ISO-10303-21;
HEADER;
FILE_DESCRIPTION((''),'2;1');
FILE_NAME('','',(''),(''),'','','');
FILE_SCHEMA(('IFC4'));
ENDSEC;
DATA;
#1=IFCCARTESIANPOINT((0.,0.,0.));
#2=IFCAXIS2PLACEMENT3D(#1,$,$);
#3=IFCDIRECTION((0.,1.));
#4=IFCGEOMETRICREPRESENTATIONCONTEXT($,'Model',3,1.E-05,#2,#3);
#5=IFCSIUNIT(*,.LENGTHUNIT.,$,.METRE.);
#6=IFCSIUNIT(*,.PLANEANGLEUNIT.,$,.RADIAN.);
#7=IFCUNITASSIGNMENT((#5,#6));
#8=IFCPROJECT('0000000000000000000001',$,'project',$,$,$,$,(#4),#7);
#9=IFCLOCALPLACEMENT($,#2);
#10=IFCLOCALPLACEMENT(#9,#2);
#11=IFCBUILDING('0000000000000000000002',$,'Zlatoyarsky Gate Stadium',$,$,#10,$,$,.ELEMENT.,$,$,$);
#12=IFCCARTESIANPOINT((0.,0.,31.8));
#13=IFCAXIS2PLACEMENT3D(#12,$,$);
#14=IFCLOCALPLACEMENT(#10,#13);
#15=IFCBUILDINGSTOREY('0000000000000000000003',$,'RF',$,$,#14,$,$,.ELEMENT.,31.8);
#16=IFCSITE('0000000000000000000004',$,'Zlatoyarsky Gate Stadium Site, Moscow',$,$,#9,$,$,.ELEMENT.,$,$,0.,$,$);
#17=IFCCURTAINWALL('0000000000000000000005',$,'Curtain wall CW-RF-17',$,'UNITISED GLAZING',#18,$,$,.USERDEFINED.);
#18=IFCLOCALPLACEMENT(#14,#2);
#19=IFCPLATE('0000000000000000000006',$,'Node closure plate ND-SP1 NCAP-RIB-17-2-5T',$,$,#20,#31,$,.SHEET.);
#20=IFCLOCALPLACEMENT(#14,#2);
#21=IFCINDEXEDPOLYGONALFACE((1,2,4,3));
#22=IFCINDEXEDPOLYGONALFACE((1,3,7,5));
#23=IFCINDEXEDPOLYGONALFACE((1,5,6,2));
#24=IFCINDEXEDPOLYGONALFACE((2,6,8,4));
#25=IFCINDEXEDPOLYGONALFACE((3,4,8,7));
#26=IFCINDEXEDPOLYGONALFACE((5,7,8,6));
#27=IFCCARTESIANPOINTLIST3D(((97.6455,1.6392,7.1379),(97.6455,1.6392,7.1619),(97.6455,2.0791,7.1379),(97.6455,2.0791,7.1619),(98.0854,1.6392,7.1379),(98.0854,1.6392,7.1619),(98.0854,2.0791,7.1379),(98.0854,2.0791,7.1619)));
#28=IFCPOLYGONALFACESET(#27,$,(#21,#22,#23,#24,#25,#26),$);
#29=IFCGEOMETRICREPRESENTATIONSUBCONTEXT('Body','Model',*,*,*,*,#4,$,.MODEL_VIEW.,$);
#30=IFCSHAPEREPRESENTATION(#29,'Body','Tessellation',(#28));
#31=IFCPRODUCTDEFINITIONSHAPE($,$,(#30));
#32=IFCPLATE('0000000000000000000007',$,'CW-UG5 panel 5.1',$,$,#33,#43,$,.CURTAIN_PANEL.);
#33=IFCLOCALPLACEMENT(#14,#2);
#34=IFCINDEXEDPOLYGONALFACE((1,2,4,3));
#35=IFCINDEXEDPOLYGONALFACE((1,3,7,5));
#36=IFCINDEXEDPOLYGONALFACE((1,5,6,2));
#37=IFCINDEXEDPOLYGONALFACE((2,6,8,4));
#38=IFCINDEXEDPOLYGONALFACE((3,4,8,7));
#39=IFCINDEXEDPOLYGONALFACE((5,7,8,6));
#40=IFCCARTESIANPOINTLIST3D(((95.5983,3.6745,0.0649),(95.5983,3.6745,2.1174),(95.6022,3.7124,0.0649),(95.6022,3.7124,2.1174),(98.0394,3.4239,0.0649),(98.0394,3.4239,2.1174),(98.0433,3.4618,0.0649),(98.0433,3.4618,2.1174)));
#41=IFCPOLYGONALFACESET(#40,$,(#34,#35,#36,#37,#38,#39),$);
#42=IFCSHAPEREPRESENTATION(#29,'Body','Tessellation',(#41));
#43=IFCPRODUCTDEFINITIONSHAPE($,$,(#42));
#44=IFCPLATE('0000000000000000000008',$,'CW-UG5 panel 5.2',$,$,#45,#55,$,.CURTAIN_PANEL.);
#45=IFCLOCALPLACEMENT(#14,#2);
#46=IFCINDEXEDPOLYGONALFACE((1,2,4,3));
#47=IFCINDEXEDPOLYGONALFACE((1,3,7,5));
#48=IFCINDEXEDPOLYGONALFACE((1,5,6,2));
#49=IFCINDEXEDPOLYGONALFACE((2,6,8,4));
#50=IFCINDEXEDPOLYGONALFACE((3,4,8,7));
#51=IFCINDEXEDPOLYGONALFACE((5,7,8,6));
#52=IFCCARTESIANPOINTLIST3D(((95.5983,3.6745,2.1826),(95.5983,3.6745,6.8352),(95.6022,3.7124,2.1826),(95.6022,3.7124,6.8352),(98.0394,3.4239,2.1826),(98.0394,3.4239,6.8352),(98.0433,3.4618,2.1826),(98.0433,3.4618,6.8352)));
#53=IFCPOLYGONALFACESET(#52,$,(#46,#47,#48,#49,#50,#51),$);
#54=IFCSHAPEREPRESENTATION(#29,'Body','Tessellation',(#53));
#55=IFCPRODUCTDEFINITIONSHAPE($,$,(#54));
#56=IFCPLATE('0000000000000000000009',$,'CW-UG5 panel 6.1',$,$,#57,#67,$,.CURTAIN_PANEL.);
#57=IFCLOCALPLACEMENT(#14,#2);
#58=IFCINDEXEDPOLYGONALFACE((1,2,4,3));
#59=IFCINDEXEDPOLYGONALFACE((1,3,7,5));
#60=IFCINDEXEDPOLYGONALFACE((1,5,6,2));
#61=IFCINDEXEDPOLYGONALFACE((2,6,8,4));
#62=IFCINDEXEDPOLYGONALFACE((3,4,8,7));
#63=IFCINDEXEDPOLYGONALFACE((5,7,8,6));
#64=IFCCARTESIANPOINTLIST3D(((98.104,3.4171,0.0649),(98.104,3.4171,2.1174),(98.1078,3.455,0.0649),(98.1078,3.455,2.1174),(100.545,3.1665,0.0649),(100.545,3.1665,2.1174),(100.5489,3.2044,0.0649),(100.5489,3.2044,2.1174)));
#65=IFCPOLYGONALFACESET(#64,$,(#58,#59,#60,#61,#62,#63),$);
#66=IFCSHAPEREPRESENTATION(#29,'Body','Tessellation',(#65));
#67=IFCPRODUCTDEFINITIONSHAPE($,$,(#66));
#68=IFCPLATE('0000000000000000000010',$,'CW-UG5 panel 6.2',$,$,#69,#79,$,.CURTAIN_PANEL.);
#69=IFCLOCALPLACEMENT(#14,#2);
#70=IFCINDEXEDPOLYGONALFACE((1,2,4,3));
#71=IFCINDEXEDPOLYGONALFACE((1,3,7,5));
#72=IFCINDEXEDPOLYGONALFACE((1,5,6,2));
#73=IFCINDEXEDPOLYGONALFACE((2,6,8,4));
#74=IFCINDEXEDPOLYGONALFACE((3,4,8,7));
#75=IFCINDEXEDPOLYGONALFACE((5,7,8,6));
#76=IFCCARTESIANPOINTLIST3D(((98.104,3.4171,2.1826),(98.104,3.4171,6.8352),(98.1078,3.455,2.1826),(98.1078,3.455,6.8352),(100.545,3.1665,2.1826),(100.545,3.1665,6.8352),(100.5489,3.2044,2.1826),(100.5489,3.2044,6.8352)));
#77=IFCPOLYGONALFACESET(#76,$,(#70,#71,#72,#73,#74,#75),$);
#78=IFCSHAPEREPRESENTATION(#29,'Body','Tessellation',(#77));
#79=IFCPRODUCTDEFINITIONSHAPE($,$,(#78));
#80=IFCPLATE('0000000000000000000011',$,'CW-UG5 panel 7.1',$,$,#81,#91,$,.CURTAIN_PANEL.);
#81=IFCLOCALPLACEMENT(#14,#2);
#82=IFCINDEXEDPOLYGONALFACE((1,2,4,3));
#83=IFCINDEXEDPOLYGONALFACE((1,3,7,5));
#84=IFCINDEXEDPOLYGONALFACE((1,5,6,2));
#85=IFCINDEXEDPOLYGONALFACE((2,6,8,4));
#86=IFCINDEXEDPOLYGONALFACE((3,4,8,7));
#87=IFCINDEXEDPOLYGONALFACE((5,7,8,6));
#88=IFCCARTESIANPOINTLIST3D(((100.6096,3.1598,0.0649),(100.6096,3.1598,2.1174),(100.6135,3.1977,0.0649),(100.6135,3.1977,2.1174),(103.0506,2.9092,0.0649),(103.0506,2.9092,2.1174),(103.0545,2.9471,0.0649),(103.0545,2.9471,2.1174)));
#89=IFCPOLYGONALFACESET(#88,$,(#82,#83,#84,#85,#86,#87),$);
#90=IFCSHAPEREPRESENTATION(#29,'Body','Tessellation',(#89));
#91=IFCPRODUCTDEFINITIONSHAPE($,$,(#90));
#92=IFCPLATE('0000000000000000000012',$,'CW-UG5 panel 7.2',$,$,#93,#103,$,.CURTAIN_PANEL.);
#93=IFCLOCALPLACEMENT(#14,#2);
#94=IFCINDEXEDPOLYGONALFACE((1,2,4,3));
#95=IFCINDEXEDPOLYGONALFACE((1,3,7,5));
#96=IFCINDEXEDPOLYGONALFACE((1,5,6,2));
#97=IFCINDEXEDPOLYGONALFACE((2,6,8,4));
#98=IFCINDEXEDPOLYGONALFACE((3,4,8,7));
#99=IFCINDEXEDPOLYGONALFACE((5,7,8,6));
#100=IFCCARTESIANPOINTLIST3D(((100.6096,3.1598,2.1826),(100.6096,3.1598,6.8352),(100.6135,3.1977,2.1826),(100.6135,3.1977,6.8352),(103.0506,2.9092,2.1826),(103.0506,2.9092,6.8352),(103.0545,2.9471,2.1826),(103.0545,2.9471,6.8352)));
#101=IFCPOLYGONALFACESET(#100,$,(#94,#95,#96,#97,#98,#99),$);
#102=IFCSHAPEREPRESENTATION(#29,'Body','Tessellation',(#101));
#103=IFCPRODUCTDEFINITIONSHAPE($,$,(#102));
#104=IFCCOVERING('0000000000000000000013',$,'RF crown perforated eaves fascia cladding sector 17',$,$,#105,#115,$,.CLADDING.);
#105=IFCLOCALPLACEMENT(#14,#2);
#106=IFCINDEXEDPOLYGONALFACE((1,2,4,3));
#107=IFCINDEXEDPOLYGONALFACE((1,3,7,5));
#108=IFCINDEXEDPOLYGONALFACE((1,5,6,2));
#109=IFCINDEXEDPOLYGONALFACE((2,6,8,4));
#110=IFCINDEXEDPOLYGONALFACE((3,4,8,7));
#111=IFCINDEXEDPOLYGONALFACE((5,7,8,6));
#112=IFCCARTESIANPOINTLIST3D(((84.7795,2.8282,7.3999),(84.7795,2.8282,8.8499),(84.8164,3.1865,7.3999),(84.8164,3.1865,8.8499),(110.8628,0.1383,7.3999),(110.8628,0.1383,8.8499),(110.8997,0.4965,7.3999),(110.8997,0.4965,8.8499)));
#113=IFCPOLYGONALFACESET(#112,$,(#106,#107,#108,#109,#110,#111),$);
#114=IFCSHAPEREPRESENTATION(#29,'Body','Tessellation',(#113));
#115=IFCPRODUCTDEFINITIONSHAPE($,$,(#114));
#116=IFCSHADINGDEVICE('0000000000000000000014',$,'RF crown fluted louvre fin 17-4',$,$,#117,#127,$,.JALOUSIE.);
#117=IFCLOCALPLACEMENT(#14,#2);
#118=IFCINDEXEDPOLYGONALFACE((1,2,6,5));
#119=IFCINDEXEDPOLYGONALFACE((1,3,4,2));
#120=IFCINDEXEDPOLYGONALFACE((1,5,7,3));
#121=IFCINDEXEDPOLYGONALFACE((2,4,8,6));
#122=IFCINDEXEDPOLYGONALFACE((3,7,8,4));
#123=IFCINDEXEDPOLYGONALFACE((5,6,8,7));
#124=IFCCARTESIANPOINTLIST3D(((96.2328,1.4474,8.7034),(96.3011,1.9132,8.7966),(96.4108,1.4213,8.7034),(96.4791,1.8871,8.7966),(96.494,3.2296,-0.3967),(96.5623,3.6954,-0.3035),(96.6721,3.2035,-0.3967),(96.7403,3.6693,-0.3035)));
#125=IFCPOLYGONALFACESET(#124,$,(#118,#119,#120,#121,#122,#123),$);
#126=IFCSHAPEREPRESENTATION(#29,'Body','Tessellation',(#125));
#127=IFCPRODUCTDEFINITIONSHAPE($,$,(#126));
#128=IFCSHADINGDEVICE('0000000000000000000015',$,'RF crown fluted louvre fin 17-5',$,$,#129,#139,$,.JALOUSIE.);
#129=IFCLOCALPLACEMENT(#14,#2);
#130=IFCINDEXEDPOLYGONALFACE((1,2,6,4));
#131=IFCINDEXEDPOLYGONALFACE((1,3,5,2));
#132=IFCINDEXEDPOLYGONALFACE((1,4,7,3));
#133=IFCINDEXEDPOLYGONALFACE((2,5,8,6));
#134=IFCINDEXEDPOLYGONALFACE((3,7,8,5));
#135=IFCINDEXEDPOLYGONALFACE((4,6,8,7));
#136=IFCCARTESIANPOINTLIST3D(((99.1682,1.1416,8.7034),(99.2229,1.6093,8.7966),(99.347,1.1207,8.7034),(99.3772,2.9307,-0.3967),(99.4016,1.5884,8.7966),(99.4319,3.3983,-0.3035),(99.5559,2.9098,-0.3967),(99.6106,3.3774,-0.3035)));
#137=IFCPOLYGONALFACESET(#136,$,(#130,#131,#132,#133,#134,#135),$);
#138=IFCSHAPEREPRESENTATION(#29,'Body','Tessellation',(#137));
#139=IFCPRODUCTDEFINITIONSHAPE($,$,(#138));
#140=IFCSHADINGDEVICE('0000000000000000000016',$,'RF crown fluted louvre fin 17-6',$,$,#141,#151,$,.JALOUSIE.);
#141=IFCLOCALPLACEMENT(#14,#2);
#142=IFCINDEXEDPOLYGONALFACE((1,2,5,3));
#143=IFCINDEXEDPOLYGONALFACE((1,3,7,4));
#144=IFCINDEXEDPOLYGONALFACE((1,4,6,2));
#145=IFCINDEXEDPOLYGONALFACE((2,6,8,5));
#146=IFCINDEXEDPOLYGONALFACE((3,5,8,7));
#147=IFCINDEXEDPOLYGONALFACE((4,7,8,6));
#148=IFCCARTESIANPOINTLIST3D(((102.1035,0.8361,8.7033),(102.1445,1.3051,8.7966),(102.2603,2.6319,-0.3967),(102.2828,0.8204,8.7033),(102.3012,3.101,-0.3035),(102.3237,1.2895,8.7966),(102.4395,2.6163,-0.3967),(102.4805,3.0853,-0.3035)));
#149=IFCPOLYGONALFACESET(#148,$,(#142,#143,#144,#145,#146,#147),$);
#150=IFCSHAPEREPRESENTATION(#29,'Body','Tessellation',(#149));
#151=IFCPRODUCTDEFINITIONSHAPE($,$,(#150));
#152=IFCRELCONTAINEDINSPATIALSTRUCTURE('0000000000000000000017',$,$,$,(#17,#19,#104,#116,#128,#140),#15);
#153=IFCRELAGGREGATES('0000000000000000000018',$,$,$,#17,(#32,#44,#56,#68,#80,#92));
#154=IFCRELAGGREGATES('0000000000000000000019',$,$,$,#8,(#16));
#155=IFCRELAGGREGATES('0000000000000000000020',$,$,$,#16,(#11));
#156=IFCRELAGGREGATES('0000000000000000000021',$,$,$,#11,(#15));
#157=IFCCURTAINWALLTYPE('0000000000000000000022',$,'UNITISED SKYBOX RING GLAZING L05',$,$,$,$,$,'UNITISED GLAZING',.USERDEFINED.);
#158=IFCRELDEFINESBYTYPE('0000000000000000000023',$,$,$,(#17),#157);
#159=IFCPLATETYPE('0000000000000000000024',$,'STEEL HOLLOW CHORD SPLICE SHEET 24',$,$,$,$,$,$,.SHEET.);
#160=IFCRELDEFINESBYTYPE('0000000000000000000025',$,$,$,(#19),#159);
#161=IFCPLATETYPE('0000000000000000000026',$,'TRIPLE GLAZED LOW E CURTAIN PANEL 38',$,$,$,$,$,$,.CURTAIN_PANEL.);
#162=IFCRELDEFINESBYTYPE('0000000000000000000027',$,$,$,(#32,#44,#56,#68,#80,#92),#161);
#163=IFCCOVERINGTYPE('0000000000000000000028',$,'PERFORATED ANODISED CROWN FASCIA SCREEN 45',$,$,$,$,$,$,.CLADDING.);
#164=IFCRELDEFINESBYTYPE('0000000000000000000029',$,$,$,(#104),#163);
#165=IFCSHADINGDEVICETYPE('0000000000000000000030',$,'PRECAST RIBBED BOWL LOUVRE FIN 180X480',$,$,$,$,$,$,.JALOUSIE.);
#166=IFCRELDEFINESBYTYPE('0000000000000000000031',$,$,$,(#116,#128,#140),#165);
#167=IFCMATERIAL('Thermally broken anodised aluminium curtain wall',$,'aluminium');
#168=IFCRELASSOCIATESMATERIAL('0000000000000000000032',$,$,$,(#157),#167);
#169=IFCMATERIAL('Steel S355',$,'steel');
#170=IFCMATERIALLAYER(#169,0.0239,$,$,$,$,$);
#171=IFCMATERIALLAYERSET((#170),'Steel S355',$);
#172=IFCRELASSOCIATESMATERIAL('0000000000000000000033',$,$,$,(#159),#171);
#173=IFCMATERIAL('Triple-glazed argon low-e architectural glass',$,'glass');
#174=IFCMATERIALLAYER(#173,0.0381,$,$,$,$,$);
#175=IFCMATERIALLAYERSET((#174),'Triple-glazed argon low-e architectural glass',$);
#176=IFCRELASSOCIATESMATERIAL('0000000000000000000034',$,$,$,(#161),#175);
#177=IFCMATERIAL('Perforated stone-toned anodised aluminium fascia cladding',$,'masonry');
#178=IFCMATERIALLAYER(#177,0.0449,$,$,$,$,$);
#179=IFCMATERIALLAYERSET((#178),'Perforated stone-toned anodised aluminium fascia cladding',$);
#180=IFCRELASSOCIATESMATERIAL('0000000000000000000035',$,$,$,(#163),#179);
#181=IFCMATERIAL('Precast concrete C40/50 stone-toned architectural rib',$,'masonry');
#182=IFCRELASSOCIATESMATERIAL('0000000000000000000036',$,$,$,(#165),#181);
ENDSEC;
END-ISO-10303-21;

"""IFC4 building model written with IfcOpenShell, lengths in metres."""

from ifc_helpers import new_model, si_unit, direction, frame, origin, origin_2d, place, context, subcontext, project, spatial, rectangle, extrude, material, layer, layer_set, material_profile, profile_set, type_object, element, aggregate, save


model = new_model("IFC4")

# Units and contexts
model_context = context("Model", 3, precision=1e-05, world=origin(), true_north=direction((0.0, 1.0)))
body_context = subcontext(model_context, "Body", "Model", "MODEL_VIEW")
ifc_project = project(units=[si_unit("LENGTHUNIT", "METRE"), si_unit("PLANEANGLEUNIT", "RADIAN")], contexts=[model_context])

# Site, building, storey
site_placement = place(None, origin())
site = spatial("IfcSite", under=ifc_project, at=site_placement, Name="Zlatoyarsky Gate Stadium Site, Moscow", CompositionType="ELEMENT", RefElevation=0.0)
building_placement = place(site_placement, origin())
building = spatial("IfcBuilding", under=site, at=building_placement, Name="Zlatoyarsky Gate Stadium", CompositionType="ELEMENT")
storey_placement = place(building_placement, frame((0.0, 0.0, 31.8)))
storey = spatial("IfcBuildingStorey", under=building, at=storey_placement, Name="RF", CompositionType="ELEMENT", Elevation=31.8)

# Curtain wall
ifc_material_1 = material(Name="Thermally broken anodised aluminium curtain wall", Category="aluminium")
curtain_wall_type = type_object("IfcCurtainWallType", Name="UNITISED SKYBOX RING GLAZING L05", ElementType="UNITISED GLAZING", PredefinedType="USERDEFINED", material=ifc_material_1)
curtain_wall_placement = place(storey_placement, origin())
curtain_wall = element("IfcCurtainWall", 1, at=curtain_wall_placement, inside=storey, type_object=curtain_wall_type, Name="Curtain wall CW-RF-17", ObjectType="UNITISED GLAZING", PredefinedType="USERDEFINED")

# Shared definitions
ifc_material_2 = material(Name="Steel S355", Category="steel")

# Plate
ifc_layer_1 = layer(ifc_material_2, 0.0239)
ifc_layer_set_1 = layer_set([ifc_layer_1], Name="Steel S355")
plate_type_1 = type_object("IfcPlateType", Name="STEEL HOLLOW CHORD SPLICE SHEET 24", PredefinedType="SHEET", material=ifc_layer_set_1)
for number, where, z_axis, x_axis, name in (
    (2, (97.8655, 1.8591, 7.1379), (0.0, 0.0, 1.0), (1.0, 0.0, 0.0), "Node closure plate ND-SP1 NCAP-RIB-17-2-5T"),
):
    element("IfcPlate", number, at=place(storey_placement, frame(where, z_axis=z_axis, x_axis=x_axis)), inside=storey, type_object=plate_type_1, Name=name, PredefinedType="SHEET", context=body_context, shape_type="SweptSolid", body=[
        extrude(rectangle(XDim=0.4399, YDim=0.4399, at=origin_2d()), origin(), (0.0, 0.0, 1.0), 0.0239),
    ])

# Plates
ifc_material_3 = material(Name="Triple-glazed argon low-e architectural glass", Category="glass")
ifc_layer_2 = layer(ifc_material_3, 0.0381)
ifc_layer_set_2 = layer_set([ifc_layer_2], Name="Triple-glazed argon low-e architectural glass")
plate_type_2 = type_object("IfcPlateType", Name="TRIPLE GLAZED LOW E CURTAIN PANEL 38", PredefinedType="CURTAIN_PANEL", material=ifc_layer_set_2)
plate_1_placement = place(storey_placement, frame((96.8208, 3.5681, 0.0649), z_axis=(0.0, 0.0, 1.0), x_axis=(0.994772, -0.102125, 0.0)))
plate_1 = element("IfcPlate", 3, at=plate_1_placement, type_object=plate_type_2, Name="CW-UG5 panel 5.1", PredefinedType="CURTAIN_PANEL", context=body_context, shape_type="SweptSolid", body=[
    extrude(rectangle(XDim=2.4539, YDim=0.0381, at=origin_2d()), origin(), (0.0, 0.0, 1.0), 2.0525),
])
plate_2_placement = place(storey_placement, frame((96.8208, 3.5681, 2.1826), z_axis=(0.0, 0.0, 1.0), x_axis=(0.994772, -0.102125, 0.0)))
plate_2 = element("IfcPlate", 4, at=plate_2_placement, type_object=plate_type_2, Name="CW-UG5 panel 5.2", PredefinedType="CURTAIN_PANEL", context=body_context, shape_type="SweptSolid", body=[
    extrude(rectangle(XDim=2.4539, YDim=0.0381, at=origin_2d()), origin(), (0.0, 0.0, 1.0), 4.6526),
])
plate_3_placement = place(storey_placement, frame((99.3264, 3.3108, 0.0649), z_axis=(0.0, 0.0, 1.0), x_axis=(0.994772, -0.102125, 0.0)))
plate_3 = element("IfcPlate", 5, at=plate_3_placement, type_object=plate_type_2, Name="CW-UG5 panel 6.1", PredefinedType="CURTAIN_PANEL", context=body_context, shape_type="SweptSolid", body=[
    extrude(rectangle(XDim=2.4539, YDim=0.0381, at=origin_2d()), origin(), (0.0, 0.0, 1.0), 2.0525),
])
plate_4_placement = place(storey_placement, frame((99.3264, 3.3108, 2.1826), z_axis=(0.0, 0.0, 1.0), x_axis=(0.994772, -0.102125, 0.0)))
plate_4 = element("IfcPlate", 6, at=plate_4_placement, type_object=plate_type_2, Name="CW-UG5 panel 6.2", PredefinedType="CURTAIN_PANEL", context=body_context, shape_type="SweptSolid", body=[
    extrude(rectangle(XDim=2.4539, YDim=0.0381, at=origin_2d()), origin(), (0.0, 0.0, 1.0), 4.6526),
])
plate_5_placement = place(storey_placement, frame((101.832, 3.0535, 0.0649), z_axis=(0.0, 0.0, 1.0), x_axis=(0.994772, -0.102125, 0.0)))
plate_5 = element("IfcPlate", 7, at=plate_5_placement, type_object=plate_type_2, Name="CW-UG5 panel 7.1", PredefinedType="CURTAIN_PANEL", context=body_context, shape_type="SweptSolid", body=[
    extrude(rectangle(XDim=2.4539, YDim=0.0381, at=origin_2d()), origin(), (0.0, 0.0, 1.0), 2.0525),
])
plate_6_placement = place(storey_placement, frame((101.832, 3.0535, 2.1826), z_axis=(0.0, 0.0, 1.0), x_axis=(0.994772, -0.102125, 0.0)))
plate_6 = element("IfcPlate", 8, at=plate_6_placement, type_object=plate_type_2, Name="CW-UG5 panel 7.2", PredefinedType="CURTAIN_PANEL", context=body_context, shape_type="SweptSolid", body=[
    extrude(rectangle(XDim=2.4539, YDim=0.0381, at=origin_2d()), origin(), (0.0, 0.0, 1.0), 4.6526),
])
aggregate(curtain_wall, [plate_1, plate_2, plate_3, plate_4, plate_5, plate_6])

# Covering
ifc_material_4 = material(Name="Perforated stone-toned anodised aluminium fascia cladding", Category="masonry")
ifc_layer_3 = layer(ifc_material_4, 0.0449)
ifc_layer_set_3 = layer_set([ifc_layer_3], Name="Perforated stone-toned anodised aluminium fascia cladding")
covering_type = type_object("IfcCoveringType", Name="PERFORATED ANODISED CROWN FASCIA SCREEN 45", PredefinedType="CLADDING", material=ifc_layer_set_3)
covering_placement = place(storey_placement, frame((97.8396, 1.6624, 7.3999), z_axis=(0.0, 0.0, 1.0), x_axis=(0.994724, -0.102587, 0.0)))
element("IfcCovering", 9, at=covering_placement, inside=storey, type_object=covering_type, Name="RF crown perforated eaves fascia cladding sector 17", PredefinedType="CLADDING", context=body_context, shape_type="SweptSolid", body=[
    extrude(rectangle(XDim=26.2217, YDim=0.3601, at=origin_2d()), origin(), (0.0, 0.0, 1.0), 1.45),
])

# Shading devices
ifc_material_5 = material(Name="Precast concrete C40/50 stone-toned architectural rib", Category="masonry")
ifc_material_profile_1 = material_profile(ifc_material_5, rectangle(XDim=0.1799, YDim=0.48, at=origin_2d()), Name="RIB 180X480")
ifc_profile_set_1 = profile_set([ifc_material_profile_1], Name="Precast concrete C40/50 stone-toned architectural rib")
shading_device_type = type_object("IfcShadingDeviceType", Name="PRECAST RIBBED BOWL LOUVRE FIN 180X480", PredefinedType="JALOUSIE", material=ifc_profile_set_1)
for number, where, z_axis, x_axis, name in (
    (10, (96.6172, 3.4495, -0.3501), (-0.02816, -0.19212, 0.980967), (0.989428, -0.145026, 0.0), "RF crown fluted louvre fin 17-4"),
    (11, (99.4939, 3.1541, -0.3501), (-0.022528, -0.192857, 0.980968), (0.993246, -0.116023, 0.0), "RF crown fluted louvre fin 17-5"),
):
    element("IfcShadingDevice", number, at=place(storey_placement, frame(where, z_axis=z_axis, x_axis=x_axis)), inside=storey, type_object=shading_device_type, Name=name, PredefinedType="JALOUSIE", context=body_context, shape_type="SweptSolid", body=[
        extrude(rectangle(XDim=0.1799, YDim=0.48, at=origin_2d()), origin(), (0.0, 0.0, 1.0), 9.2766),
    ])
shading_device_placement = place(storey_placement, frame((102.3704, 2.8586, -0.3501), z_axis=(-0.016895, -0.193587, 0.980938), x_axis=(0.996213, -0.086945, 0.0)))
element("IfcShadingDevice", 12, at=shading_device_placement, inside=storey, type_object=shading_device_type, Name="RF crown fluted louvre fin 17-6", PredefinedType="JALOUSIE", context=body_context, shape_type="SweptSolid", body=[
    extrude(rectangle(XDim=0.1799, YDim=0.48, at=origin_2d()), origin(), (0.0, 0.0, 1.0), 9.2769),
])

save(model, "model.ifc")
